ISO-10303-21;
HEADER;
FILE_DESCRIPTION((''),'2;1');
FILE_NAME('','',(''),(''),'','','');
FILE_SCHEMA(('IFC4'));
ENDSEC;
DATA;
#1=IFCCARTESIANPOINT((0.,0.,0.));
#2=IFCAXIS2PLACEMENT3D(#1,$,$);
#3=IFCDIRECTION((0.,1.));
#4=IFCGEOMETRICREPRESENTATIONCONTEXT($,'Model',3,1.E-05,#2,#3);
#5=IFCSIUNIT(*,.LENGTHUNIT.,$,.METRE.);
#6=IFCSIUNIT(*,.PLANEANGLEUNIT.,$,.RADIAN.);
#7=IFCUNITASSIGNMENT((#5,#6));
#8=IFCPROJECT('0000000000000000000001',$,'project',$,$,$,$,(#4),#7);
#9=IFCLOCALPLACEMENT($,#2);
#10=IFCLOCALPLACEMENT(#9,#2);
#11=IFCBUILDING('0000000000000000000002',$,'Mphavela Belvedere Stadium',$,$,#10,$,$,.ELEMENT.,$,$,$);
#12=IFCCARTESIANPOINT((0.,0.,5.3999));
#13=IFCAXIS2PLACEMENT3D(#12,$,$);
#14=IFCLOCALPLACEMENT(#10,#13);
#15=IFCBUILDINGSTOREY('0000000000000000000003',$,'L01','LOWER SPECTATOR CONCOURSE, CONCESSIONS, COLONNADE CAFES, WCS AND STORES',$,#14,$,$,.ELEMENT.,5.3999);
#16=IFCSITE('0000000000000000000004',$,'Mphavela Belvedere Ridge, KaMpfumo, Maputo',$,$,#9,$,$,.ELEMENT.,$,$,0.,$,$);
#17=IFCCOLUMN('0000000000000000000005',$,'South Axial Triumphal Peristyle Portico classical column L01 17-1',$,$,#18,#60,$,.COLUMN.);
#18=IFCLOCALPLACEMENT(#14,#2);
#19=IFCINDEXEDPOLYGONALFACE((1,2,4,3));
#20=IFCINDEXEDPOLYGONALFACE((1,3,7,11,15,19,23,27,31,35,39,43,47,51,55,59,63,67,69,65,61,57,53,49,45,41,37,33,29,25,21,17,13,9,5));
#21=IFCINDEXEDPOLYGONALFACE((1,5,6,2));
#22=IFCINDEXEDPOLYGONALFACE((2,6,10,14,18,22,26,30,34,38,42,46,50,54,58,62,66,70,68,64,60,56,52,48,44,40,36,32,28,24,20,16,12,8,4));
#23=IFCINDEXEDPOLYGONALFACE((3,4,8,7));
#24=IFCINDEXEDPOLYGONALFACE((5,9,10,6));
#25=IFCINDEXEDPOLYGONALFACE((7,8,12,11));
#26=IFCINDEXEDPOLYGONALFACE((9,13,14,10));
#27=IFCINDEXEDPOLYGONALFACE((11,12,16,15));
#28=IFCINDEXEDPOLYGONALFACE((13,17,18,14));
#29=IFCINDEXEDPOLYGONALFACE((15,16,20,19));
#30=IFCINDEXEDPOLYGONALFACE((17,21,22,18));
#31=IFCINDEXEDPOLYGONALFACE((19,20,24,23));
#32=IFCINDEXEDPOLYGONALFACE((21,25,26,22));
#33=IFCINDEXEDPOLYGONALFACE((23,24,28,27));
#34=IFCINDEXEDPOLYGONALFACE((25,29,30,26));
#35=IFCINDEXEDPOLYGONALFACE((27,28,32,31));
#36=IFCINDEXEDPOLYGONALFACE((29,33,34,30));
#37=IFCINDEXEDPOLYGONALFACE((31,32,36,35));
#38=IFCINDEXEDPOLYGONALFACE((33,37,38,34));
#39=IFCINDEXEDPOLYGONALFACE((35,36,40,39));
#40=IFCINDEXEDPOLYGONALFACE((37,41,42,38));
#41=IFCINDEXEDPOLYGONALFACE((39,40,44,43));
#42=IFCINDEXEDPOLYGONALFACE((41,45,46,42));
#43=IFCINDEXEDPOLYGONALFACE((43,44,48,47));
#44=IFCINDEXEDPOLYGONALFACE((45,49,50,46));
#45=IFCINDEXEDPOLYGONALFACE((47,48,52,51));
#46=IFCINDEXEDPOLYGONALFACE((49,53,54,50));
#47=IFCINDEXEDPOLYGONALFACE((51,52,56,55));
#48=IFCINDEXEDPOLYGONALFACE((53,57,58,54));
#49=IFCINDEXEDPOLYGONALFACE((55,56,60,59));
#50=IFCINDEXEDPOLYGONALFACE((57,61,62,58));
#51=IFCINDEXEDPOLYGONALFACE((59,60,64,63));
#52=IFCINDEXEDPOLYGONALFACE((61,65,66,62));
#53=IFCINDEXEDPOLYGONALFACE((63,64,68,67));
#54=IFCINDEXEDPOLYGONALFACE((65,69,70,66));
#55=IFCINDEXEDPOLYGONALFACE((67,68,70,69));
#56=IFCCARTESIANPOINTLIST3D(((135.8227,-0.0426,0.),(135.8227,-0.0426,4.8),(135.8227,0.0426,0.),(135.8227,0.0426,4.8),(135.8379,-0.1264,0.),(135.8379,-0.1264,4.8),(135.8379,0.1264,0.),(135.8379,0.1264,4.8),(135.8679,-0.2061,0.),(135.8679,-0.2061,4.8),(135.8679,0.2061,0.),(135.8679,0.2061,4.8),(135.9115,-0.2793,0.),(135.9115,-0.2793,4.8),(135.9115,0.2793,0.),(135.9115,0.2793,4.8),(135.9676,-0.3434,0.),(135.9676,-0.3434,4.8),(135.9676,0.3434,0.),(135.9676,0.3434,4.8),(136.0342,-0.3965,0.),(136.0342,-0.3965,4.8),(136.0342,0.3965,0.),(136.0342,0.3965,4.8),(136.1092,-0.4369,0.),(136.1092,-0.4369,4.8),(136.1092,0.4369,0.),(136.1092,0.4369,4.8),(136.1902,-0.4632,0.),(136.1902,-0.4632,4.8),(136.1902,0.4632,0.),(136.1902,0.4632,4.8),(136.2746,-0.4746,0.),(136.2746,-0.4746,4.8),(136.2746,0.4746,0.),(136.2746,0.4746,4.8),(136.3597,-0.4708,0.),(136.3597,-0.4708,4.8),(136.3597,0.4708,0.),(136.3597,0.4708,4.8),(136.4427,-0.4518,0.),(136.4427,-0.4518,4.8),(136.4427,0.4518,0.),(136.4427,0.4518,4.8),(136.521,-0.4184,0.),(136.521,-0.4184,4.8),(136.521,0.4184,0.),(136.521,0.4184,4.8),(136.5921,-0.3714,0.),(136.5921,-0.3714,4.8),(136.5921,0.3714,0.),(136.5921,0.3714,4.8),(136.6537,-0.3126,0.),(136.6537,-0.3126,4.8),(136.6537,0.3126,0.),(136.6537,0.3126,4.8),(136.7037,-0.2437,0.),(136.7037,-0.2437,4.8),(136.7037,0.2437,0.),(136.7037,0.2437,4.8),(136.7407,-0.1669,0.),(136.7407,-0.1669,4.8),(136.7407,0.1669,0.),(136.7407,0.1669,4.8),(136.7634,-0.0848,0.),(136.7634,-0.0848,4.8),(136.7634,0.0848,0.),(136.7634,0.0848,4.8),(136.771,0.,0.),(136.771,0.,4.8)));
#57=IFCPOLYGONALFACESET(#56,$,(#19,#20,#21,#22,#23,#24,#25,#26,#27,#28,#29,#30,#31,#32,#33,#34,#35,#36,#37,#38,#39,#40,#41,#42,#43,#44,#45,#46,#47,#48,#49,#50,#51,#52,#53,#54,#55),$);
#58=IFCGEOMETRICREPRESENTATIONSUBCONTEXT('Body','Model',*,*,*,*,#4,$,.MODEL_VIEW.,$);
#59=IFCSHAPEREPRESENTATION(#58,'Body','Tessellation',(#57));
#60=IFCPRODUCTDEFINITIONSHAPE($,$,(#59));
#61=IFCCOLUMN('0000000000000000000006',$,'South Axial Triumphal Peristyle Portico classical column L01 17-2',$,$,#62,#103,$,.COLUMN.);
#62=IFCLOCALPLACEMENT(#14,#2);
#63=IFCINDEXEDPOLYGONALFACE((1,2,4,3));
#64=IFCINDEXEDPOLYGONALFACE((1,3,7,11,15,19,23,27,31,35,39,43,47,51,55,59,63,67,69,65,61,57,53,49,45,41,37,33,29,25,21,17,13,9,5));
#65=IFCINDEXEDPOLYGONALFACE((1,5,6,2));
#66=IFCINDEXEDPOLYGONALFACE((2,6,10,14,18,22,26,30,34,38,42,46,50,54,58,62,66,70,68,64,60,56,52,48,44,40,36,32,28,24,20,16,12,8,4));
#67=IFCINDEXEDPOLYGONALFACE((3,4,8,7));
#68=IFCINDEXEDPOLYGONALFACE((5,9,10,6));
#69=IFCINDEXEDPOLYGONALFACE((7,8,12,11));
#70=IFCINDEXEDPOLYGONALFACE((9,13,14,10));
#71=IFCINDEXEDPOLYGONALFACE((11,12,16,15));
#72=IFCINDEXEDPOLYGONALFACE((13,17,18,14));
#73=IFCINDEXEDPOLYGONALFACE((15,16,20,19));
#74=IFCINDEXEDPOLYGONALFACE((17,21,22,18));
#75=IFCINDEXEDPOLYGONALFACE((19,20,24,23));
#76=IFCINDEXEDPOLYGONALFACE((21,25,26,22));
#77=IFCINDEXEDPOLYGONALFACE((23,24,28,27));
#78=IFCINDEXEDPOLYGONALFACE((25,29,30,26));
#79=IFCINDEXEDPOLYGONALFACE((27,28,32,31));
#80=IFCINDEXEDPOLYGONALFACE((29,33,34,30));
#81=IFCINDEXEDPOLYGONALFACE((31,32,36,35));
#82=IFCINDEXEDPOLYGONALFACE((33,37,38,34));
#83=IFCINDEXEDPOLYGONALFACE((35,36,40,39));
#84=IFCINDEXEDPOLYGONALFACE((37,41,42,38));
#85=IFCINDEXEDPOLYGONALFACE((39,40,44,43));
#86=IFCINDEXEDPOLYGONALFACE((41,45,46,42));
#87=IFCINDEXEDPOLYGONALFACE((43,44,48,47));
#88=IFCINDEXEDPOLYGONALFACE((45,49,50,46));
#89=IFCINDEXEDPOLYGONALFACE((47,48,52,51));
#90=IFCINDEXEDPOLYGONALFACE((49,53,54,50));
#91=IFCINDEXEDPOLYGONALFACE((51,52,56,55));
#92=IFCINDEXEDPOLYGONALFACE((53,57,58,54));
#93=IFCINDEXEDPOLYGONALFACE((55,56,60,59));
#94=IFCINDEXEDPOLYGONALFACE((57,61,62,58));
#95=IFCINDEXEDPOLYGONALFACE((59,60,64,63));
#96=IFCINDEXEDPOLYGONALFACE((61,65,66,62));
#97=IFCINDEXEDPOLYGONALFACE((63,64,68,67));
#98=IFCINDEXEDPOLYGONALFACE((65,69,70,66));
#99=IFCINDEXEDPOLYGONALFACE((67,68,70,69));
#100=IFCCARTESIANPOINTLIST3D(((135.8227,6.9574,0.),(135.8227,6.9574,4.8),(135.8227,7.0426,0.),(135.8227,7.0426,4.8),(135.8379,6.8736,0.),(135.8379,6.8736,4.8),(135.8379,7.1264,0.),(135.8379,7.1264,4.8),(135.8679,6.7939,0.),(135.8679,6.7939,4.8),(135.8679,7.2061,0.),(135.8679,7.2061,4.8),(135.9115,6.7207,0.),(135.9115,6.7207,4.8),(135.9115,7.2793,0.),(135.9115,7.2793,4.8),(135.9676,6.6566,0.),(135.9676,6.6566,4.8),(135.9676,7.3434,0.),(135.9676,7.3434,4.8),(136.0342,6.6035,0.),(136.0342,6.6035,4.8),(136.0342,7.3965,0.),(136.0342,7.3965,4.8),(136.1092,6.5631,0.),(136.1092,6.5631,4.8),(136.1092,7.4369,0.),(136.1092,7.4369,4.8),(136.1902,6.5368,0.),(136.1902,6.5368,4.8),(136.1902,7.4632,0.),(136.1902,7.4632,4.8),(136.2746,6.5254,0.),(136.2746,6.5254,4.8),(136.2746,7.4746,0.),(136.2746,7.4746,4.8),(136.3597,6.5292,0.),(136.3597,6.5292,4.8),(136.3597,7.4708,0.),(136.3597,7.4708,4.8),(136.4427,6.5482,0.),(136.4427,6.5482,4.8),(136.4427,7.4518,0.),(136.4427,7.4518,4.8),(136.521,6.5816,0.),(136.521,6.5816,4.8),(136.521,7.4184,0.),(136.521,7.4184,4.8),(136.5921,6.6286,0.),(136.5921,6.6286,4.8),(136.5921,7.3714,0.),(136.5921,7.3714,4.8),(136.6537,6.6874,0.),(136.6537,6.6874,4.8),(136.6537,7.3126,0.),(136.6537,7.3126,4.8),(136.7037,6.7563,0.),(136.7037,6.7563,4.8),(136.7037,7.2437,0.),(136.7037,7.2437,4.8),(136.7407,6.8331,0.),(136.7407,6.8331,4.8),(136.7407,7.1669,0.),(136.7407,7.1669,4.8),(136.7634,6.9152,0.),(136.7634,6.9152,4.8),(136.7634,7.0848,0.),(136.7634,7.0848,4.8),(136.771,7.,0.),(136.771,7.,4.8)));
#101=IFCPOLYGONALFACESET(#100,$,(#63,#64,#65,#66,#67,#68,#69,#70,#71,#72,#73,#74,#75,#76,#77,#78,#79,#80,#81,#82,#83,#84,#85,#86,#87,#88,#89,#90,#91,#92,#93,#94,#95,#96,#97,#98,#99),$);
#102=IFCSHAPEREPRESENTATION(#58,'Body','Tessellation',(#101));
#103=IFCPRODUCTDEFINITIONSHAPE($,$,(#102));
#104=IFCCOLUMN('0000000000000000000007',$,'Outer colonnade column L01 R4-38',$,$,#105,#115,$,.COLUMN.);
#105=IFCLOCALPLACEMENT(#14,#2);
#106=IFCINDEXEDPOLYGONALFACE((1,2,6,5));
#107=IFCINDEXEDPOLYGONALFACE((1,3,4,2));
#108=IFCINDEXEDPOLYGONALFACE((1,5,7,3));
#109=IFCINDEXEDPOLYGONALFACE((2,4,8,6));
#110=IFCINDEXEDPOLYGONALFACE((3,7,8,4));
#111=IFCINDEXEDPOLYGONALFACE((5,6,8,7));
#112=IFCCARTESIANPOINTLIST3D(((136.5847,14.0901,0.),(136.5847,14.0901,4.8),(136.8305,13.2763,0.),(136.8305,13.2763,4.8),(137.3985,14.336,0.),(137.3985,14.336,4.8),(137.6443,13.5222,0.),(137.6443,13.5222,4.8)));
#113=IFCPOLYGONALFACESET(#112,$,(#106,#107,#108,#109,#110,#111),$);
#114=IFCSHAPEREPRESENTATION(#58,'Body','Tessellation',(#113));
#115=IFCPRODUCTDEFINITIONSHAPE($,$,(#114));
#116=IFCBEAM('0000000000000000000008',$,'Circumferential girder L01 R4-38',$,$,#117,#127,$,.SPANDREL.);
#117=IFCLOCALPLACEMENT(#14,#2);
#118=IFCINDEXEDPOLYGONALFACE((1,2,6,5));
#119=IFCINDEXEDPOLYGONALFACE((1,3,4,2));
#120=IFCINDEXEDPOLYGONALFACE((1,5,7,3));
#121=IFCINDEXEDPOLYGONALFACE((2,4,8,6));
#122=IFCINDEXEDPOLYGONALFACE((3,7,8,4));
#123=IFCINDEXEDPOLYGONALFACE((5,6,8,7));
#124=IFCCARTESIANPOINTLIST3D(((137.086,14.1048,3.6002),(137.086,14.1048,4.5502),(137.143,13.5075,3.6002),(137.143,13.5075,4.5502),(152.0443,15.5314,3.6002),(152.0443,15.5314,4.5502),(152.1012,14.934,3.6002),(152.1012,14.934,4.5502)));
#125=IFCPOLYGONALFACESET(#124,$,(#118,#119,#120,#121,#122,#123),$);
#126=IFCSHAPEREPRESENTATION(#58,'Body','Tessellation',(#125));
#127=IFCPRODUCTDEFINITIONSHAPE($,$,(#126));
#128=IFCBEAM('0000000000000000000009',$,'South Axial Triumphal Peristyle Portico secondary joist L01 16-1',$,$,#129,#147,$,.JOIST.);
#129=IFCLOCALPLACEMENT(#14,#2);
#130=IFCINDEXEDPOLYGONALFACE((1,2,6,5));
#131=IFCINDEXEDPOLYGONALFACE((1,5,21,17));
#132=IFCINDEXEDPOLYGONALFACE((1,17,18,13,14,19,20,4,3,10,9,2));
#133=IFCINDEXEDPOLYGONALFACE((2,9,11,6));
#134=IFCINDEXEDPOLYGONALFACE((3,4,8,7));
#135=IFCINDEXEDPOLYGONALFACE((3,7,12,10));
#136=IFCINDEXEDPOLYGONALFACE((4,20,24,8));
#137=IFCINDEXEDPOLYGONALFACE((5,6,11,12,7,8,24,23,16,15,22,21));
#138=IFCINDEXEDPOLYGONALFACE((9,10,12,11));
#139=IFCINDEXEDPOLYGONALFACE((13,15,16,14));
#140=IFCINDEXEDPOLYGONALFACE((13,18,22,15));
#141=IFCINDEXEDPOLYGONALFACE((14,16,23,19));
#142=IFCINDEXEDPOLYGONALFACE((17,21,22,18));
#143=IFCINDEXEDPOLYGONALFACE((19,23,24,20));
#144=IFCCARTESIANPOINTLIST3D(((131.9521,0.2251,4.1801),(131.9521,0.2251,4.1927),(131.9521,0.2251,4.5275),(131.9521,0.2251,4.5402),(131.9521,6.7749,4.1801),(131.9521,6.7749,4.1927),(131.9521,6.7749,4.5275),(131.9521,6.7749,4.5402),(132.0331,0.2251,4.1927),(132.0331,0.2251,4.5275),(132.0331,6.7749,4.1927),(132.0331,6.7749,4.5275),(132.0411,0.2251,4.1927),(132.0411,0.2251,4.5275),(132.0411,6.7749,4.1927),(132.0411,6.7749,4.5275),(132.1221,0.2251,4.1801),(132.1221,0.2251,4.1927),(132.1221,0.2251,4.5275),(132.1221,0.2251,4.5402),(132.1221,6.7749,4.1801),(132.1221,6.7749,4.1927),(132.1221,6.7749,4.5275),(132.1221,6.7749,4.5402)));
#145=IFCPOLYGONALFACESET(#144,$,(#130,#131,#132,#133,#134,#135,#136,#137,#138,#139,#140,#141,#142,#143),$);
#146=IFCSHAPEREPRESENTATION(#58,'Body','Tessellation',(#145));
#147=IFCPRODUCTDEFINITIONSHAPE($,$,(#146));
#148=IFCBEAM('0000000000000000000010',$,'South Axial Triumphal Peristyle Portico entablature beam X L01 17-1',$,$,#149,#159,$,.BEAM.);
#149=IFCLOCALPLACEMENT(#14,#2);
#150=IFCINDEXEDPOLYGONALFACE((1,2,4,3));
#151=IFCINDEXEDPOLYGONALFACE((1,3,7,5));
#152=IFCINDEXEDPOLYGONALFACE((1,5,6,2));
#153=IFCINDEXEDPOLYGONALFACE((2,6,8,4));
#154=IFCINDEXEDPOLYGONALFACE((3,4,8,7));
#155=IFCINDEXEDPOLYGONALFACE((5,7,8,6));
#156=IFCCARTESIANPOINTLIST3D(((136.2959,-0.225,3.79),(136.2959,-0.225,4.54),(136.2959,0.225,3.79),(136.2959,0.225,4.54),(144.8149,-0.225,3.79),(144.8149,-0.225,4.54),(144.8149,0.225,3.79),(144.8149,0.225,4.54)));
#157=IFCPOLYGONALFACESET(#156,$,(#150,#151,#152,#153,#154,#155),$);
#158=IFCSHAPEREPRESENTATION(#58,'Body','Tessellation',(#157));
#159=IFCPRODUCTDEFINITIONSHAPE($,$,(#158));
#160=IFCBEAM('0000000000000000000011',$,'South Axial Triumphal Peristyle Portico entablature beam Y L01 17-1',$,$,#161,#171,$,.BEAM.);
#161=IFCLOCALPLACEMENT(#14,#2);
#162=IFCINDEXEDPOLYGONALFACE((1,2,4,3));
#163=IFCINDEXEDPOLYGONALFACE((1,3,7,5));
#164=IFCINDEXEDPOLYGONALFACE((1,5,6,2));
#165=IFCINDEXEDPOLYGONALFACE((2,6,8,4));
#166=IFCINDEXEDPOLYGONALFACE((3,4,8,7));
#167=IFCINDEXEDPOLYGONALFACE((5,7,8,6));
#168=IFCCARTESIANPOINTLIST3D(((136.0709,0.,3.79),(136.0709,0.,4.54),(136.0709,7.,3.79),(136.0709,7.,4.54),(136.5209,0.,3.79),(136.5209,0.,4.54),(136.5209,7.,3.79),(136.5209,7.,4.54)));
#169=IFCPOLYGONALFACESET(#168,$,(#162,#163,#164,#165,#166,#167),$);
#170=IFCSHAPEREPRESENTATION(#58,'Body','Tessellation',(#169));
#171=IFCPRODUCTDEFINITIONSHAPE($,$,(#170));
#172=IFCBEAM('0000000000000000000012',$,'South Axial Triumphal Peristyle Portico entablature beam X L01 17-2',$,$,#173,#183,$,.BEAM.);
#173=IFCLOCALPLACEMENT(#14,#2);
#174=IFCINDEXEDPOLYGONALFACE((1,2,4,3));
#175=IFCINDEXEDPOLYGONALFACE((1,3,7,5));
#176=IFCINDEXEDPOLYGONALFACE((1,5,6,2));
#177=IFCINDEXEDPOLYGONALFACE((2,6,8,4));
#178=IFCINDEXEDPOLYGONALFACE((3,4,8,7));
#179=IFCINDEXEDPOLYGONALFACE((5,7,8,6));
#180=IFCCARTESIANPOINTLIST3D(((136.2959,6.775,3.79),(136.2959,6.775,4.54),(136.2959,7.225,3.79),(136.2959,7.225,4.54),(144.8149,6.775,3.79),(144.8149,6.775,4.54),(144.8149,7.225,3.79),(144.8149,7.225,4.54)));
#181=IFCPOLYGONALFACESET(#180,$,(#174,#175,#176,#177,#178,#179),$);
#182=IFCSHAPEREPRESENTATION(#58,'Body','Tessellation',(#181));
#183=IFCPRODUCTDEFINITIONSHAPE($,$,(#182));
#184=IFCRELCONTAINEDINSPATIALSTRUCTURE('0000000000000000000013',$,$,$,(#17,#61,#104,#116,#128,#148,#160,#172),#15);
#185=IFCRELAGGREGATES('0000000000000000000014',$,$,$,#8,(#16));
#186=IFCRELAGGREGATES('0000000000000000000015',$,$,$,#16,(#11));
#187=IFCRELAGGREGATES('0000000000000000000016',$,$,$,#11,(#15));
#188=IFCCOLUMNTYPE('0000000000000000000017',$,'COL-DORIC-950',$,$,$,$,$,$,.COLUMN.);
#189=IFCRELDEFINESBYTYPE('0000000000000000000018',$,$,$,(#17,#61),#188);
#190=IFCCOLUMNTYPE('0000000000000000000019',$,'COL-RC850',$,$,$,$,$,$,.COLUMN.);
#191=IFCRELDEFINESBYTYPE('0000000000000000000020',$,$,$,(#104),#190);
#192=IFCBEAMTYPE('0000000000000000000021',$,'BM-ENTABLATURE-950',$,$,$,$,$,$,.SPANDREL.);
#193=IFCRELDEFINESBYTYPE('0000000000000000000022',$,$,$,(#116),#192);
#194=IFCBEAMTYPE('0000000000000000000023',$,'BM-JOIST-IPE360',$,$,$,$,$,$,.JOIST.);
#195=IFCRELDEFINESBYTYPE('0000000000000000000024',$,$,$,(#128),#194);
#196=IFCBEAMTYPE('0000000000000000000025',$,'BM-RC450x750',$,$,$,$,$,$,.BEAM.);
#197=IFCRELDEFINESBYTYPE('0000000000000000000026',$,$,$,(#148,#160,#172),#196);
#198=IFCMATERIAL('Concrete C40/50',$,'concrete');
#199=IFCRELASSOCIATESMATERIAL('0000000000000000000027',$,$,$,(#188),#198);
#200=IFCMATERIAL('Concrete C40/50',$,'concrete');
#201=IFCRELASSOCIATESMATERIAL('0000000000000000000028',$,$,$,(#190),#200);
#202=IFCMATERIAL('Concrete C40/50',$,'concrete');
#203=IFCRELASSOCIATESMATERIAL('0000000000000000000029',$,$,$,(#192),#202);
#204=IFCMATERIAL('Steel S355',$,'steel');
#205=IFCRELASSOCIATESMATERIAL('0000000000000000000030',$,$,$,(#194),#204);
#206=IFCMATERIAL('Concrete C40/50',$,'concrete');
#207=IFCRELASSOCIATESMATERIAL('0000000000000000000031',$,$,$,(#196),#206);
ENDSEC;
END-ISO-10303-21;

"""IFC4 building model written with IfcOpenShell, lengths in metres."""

from ifc_helpers import new_model, si_unit, direction, frame, origin, origin_2d, place, context, subcontext, project, spatial, rectangle, circle, i_section, extrude, material, material_profile, profile_set, type_object, element, save


model = new_model("IFC4")

# Units and contexts
model_context = context("Model", 3, precision=1e-05, world=origin(), true_north=direction((0.0, 1.0)))
body_context = subcontext(model_context, "Body", "Model", "MODEL_VIEW")
ifc_project = project(units=[si_unit("LENGTHUNIT", "METRE"), si_unit("PLANEANGLEUNIT", "RADIAN")], contexts=[model_context])

# Site, building, storey
site_placement = place(None, origin())
site = spatial("IfcSite", under=ifc_project, at=site_placement, Name="Mphavela Belvedere Ridge, KaMpfumo, Maputo", CompositionType="ELEMENT", RefElevation=0.0)
building_placement = place(site_placement, origin())
building = spatial("IfcBuilding", under=site, at=building_placement, Name="Mphavela Belvedere Stadium", CompositionType="ELEMENT")
storey_placement = place(building_placement, frame((0.0, 0.0, 5.3999)))
storey = spatial("IfcBuildingStorey", under=building, at=storey_placement, Name="L01", Description="LOWER SPECTATOR CONCOURSE, CONCESSIONS, COLONNADE CAFES, WCS AND STORES", CompositionType="ELEMENT", Elevation=5.3999)

# Columns
ifc_material_1 = material(Name="Concrete C40/50", Category="concrete")
ifc_material_profile_1 = material_profile(ifc_material_1, circle(Radius=0.4751, at=origin_2d()), Name="COL D950")
ifc_profile_set_1 = profile_set([ifc_material_profile_1], Name="Concrete C40/50")
column_type_1 = type_object("IfcColumnType", Name="COL-DORIC-950", PredefinedType="COLUMN", material=ifc_profile_set_1)
for number, where, z_axis, x_axis, name in (
    (1, (136.2959, 0.0, 0.0), (0.0, 0.0, 1.0), (1.0, 0.0, 0.0), "South Axial Triumphal Peristyle Portico classical column L01 17-1"),
    (2, (136.2959, 7.0, 0.0), (0.0, 0.0, 1.0), (1.0, 0.0, 0.0), "South Axial Triumphal Peristyle Portico classical column L01 17-2"),
):
    element("IfcColumn", number, at=place(storey_placement, frame(where, z_axis=z_axis, x_axis=x_axis)), inside=storey, type_object=column_type_1, Name=name, PredefinedType="COLUMN", context=body_context, shape_type="SweptSolid", body=[
        extrude(circle(Radius=0.4751, at=origin_2d()), origin(), (0.0, 0.0, 1.0), 4.8),
    ])
ifc_material_2 = material(Name="Concrete C40/50", Category="concrete")
ifc_material_profile_2 = material_profile(ifc_material_2, rectangle(XDim=0.8501, YDim=0.8501, at=origin_2d()), Name="RC 850x850")
ifc_profile_set_2 = profile_set([ifc_material_profile_2], Name="Concrete C40/50")
column_type_2 = type_object("IfcColumnType", Name="COL-RC850", PredefinedType="COLUMN", material=ifc_profile_set_2)
column_placement = place(storey_placement, frame((137.1145, 13.8062, 0.0), z_axis=(0.0, 0.0, 1.0), x_axis=(0.289199, -0.957269, 0.0)))
element("IfcColumn", 3, at=column_placement, inside=storey, type_object=column_type_2, Name="Outer colonnade column L01 R4-38", PredefinedType="COLUMN", context=body_context, shape_type="SweptSolid", body=[
    extrude(rectangle(XDim=0.8501, YDim=0.8501, at=origin_2d()), origin(), (0.0, 0.0, 1.0), 4.8),
])

# Beams
ifc_material_3 = material(Name="Concrete C40/50", Category="concrete")
ifc_material_profile_3 = material_profile(ifc_material_3, rectangle(XDim=0.6001, YDim=0.95, at=origin_2d()), Name="RC 600x950")
ifc_profile_set_3 = profile_set([ifc_material_profile_3], Name="Concrete C40/50")
beam_type_1 = type_object("IfcBeamType", Name="BM-ENTABLATURE-950", PredefinedType="SPANDREL", material=ifc_profile_set_3)
beam_1_placement = place(storey_placement, frame((137.1145, 13.8062, 4.0752), z_axis=(0.995483, 0.094936, 0.0), x_axis=(-0.094936, 0.995483, 0.0)))
element("IfcBeam", 4, at=beam_1_placement, inside=storey, type_object=beam_type_1, Name="Circumferential girder L01 R4-38", PredefinedType="SPANDREL", context=body_context, shape_type="SweptSolid", body=[
    extrude(rectangle(XDim=0.6001, YDim=0.95, at=origin_2d()), origin(), (0.0, 0.0, 1.0), 15.0261),
])
ifc_material_4 = material(Name="Steel S355", Category="steel")
ifc_material_profile_4 = material_profile(ifc_material_4, i_section(OverallWidth=0.1699, OverallDepth=0.3601, WebThickness=0.0081, FlangeThickness=0.0127, at=origin_2d()), Name="IPE 360")
ifc_profile_set_4 = profile_set([ifc_material_profile_4], Name="Steel S355")
beam_type_2 = type_object("IfcBeamType", Name="BM-JOIST-IPE360", PredefinedType="JOIST", material=ifc_profile_set_4)
beam_2_placement = place(storey_placement, frame((132.0371, 0.2251, 4.3601), z_axis=(0.0, 1.0, 0.0), x_axis=(-1.0, 0.0, 0.0)))
element("IfcBeam", 5, at=beam_2_placement, inside=storey, type_object=beam_type_2, Name="South Axial Triumphal Peristyle Portico secondary joist L01 16-1", PredefinedType="JOIST", context=body_context, shape_type="SweptSolid", body=[
    extrude(i_section(OverallWidth=0.1699, OverallDepth=0.3601, WebThickness=0.0081, FlangeThickness=0.0127, at=origin_2d()), origin(), (0.0, 0.0, 1.0), 6.5498),
])
ifc_material_5 = material(Name="Concrete C40/50", Category="concrete")
ifc_material_profile_5 = material_profile(ifc_material_5, rectangle(XDim=0.45, YDim=0.75, at=origin_2d()), Name="RC 450x750")
ifc_profile_set_5 = profile_set([ifc_material_profile_5], Name="Concrete C40/50")
beam_type_3 = type_object("IfcBeamType", Name="BM-RC450x750", PredefinedType="BEAM", material=ifc_profile_set_5)
beam_3_placement = place(storey_placement, frame((136.2959, 0.0, 4.165), z_axis=(1.0, 0.0, 0.0), x_axis=(0.0, 1.0, 0.0)))
element("IfcBeam", 6, at=beam_3_placement, inside=storey, type_object=beam_type_3, Name="South Axial Triumphal Peristyle Portico entablature beam X L01 17-1", PredefinedType="BEAM", context=body_context, shape_type="SweptSolid", body=[
    extrude(rectangle(XDim=0.45, YDim=0.75, at=origin_2d()), origin(), (0.0, 0.0, 1.0), 8.519),
])
beam_4_placement = place(storey_placement, frame((136.2959, 0.0, 4.165), z_axis=(0.0, 1.0, 0.0), x_axis=(-1.0, 0.0, 0.0)))
element("IfcBeam", 7, at=beam_4_placement, inside=storey, type_object=beam_type_3, Name="South Axial Triumphal Peristyle Portico entablature beam Y L01 17-1", PredefinedType="BEAM", context=body_context, shape_type="SweptSolid", body=[
    extrude(rectangle(XDim=0.45, YDim=0.75, at=origin_2d()), origin(), (0.0, 0.0, 1.0), 7.0),
])
beam_5_placement = place(storey_placement, frame((136.2959, 7.0, 4.165), z_axis=(1.0, 0.0, 0.0), x_axis=(0.0, 1.0, 0.0)))
element("IfcBeam", 8, at=beam_5_placement, inside=storey, type_object=beam_type_3, Name="South Axial Triumphal Peristyle Portico entablature beam X L01 17-2", PredefinedType="BEAM", context=body_context, shape_type="SweptSolid", body=[
    extrude(rectangle(XDim=0.45, YDim=0.75, at=origin_2d()), origin(), (0.0, 0.0, 1.0), 8.519),
])

save(model, "model.ifc")
